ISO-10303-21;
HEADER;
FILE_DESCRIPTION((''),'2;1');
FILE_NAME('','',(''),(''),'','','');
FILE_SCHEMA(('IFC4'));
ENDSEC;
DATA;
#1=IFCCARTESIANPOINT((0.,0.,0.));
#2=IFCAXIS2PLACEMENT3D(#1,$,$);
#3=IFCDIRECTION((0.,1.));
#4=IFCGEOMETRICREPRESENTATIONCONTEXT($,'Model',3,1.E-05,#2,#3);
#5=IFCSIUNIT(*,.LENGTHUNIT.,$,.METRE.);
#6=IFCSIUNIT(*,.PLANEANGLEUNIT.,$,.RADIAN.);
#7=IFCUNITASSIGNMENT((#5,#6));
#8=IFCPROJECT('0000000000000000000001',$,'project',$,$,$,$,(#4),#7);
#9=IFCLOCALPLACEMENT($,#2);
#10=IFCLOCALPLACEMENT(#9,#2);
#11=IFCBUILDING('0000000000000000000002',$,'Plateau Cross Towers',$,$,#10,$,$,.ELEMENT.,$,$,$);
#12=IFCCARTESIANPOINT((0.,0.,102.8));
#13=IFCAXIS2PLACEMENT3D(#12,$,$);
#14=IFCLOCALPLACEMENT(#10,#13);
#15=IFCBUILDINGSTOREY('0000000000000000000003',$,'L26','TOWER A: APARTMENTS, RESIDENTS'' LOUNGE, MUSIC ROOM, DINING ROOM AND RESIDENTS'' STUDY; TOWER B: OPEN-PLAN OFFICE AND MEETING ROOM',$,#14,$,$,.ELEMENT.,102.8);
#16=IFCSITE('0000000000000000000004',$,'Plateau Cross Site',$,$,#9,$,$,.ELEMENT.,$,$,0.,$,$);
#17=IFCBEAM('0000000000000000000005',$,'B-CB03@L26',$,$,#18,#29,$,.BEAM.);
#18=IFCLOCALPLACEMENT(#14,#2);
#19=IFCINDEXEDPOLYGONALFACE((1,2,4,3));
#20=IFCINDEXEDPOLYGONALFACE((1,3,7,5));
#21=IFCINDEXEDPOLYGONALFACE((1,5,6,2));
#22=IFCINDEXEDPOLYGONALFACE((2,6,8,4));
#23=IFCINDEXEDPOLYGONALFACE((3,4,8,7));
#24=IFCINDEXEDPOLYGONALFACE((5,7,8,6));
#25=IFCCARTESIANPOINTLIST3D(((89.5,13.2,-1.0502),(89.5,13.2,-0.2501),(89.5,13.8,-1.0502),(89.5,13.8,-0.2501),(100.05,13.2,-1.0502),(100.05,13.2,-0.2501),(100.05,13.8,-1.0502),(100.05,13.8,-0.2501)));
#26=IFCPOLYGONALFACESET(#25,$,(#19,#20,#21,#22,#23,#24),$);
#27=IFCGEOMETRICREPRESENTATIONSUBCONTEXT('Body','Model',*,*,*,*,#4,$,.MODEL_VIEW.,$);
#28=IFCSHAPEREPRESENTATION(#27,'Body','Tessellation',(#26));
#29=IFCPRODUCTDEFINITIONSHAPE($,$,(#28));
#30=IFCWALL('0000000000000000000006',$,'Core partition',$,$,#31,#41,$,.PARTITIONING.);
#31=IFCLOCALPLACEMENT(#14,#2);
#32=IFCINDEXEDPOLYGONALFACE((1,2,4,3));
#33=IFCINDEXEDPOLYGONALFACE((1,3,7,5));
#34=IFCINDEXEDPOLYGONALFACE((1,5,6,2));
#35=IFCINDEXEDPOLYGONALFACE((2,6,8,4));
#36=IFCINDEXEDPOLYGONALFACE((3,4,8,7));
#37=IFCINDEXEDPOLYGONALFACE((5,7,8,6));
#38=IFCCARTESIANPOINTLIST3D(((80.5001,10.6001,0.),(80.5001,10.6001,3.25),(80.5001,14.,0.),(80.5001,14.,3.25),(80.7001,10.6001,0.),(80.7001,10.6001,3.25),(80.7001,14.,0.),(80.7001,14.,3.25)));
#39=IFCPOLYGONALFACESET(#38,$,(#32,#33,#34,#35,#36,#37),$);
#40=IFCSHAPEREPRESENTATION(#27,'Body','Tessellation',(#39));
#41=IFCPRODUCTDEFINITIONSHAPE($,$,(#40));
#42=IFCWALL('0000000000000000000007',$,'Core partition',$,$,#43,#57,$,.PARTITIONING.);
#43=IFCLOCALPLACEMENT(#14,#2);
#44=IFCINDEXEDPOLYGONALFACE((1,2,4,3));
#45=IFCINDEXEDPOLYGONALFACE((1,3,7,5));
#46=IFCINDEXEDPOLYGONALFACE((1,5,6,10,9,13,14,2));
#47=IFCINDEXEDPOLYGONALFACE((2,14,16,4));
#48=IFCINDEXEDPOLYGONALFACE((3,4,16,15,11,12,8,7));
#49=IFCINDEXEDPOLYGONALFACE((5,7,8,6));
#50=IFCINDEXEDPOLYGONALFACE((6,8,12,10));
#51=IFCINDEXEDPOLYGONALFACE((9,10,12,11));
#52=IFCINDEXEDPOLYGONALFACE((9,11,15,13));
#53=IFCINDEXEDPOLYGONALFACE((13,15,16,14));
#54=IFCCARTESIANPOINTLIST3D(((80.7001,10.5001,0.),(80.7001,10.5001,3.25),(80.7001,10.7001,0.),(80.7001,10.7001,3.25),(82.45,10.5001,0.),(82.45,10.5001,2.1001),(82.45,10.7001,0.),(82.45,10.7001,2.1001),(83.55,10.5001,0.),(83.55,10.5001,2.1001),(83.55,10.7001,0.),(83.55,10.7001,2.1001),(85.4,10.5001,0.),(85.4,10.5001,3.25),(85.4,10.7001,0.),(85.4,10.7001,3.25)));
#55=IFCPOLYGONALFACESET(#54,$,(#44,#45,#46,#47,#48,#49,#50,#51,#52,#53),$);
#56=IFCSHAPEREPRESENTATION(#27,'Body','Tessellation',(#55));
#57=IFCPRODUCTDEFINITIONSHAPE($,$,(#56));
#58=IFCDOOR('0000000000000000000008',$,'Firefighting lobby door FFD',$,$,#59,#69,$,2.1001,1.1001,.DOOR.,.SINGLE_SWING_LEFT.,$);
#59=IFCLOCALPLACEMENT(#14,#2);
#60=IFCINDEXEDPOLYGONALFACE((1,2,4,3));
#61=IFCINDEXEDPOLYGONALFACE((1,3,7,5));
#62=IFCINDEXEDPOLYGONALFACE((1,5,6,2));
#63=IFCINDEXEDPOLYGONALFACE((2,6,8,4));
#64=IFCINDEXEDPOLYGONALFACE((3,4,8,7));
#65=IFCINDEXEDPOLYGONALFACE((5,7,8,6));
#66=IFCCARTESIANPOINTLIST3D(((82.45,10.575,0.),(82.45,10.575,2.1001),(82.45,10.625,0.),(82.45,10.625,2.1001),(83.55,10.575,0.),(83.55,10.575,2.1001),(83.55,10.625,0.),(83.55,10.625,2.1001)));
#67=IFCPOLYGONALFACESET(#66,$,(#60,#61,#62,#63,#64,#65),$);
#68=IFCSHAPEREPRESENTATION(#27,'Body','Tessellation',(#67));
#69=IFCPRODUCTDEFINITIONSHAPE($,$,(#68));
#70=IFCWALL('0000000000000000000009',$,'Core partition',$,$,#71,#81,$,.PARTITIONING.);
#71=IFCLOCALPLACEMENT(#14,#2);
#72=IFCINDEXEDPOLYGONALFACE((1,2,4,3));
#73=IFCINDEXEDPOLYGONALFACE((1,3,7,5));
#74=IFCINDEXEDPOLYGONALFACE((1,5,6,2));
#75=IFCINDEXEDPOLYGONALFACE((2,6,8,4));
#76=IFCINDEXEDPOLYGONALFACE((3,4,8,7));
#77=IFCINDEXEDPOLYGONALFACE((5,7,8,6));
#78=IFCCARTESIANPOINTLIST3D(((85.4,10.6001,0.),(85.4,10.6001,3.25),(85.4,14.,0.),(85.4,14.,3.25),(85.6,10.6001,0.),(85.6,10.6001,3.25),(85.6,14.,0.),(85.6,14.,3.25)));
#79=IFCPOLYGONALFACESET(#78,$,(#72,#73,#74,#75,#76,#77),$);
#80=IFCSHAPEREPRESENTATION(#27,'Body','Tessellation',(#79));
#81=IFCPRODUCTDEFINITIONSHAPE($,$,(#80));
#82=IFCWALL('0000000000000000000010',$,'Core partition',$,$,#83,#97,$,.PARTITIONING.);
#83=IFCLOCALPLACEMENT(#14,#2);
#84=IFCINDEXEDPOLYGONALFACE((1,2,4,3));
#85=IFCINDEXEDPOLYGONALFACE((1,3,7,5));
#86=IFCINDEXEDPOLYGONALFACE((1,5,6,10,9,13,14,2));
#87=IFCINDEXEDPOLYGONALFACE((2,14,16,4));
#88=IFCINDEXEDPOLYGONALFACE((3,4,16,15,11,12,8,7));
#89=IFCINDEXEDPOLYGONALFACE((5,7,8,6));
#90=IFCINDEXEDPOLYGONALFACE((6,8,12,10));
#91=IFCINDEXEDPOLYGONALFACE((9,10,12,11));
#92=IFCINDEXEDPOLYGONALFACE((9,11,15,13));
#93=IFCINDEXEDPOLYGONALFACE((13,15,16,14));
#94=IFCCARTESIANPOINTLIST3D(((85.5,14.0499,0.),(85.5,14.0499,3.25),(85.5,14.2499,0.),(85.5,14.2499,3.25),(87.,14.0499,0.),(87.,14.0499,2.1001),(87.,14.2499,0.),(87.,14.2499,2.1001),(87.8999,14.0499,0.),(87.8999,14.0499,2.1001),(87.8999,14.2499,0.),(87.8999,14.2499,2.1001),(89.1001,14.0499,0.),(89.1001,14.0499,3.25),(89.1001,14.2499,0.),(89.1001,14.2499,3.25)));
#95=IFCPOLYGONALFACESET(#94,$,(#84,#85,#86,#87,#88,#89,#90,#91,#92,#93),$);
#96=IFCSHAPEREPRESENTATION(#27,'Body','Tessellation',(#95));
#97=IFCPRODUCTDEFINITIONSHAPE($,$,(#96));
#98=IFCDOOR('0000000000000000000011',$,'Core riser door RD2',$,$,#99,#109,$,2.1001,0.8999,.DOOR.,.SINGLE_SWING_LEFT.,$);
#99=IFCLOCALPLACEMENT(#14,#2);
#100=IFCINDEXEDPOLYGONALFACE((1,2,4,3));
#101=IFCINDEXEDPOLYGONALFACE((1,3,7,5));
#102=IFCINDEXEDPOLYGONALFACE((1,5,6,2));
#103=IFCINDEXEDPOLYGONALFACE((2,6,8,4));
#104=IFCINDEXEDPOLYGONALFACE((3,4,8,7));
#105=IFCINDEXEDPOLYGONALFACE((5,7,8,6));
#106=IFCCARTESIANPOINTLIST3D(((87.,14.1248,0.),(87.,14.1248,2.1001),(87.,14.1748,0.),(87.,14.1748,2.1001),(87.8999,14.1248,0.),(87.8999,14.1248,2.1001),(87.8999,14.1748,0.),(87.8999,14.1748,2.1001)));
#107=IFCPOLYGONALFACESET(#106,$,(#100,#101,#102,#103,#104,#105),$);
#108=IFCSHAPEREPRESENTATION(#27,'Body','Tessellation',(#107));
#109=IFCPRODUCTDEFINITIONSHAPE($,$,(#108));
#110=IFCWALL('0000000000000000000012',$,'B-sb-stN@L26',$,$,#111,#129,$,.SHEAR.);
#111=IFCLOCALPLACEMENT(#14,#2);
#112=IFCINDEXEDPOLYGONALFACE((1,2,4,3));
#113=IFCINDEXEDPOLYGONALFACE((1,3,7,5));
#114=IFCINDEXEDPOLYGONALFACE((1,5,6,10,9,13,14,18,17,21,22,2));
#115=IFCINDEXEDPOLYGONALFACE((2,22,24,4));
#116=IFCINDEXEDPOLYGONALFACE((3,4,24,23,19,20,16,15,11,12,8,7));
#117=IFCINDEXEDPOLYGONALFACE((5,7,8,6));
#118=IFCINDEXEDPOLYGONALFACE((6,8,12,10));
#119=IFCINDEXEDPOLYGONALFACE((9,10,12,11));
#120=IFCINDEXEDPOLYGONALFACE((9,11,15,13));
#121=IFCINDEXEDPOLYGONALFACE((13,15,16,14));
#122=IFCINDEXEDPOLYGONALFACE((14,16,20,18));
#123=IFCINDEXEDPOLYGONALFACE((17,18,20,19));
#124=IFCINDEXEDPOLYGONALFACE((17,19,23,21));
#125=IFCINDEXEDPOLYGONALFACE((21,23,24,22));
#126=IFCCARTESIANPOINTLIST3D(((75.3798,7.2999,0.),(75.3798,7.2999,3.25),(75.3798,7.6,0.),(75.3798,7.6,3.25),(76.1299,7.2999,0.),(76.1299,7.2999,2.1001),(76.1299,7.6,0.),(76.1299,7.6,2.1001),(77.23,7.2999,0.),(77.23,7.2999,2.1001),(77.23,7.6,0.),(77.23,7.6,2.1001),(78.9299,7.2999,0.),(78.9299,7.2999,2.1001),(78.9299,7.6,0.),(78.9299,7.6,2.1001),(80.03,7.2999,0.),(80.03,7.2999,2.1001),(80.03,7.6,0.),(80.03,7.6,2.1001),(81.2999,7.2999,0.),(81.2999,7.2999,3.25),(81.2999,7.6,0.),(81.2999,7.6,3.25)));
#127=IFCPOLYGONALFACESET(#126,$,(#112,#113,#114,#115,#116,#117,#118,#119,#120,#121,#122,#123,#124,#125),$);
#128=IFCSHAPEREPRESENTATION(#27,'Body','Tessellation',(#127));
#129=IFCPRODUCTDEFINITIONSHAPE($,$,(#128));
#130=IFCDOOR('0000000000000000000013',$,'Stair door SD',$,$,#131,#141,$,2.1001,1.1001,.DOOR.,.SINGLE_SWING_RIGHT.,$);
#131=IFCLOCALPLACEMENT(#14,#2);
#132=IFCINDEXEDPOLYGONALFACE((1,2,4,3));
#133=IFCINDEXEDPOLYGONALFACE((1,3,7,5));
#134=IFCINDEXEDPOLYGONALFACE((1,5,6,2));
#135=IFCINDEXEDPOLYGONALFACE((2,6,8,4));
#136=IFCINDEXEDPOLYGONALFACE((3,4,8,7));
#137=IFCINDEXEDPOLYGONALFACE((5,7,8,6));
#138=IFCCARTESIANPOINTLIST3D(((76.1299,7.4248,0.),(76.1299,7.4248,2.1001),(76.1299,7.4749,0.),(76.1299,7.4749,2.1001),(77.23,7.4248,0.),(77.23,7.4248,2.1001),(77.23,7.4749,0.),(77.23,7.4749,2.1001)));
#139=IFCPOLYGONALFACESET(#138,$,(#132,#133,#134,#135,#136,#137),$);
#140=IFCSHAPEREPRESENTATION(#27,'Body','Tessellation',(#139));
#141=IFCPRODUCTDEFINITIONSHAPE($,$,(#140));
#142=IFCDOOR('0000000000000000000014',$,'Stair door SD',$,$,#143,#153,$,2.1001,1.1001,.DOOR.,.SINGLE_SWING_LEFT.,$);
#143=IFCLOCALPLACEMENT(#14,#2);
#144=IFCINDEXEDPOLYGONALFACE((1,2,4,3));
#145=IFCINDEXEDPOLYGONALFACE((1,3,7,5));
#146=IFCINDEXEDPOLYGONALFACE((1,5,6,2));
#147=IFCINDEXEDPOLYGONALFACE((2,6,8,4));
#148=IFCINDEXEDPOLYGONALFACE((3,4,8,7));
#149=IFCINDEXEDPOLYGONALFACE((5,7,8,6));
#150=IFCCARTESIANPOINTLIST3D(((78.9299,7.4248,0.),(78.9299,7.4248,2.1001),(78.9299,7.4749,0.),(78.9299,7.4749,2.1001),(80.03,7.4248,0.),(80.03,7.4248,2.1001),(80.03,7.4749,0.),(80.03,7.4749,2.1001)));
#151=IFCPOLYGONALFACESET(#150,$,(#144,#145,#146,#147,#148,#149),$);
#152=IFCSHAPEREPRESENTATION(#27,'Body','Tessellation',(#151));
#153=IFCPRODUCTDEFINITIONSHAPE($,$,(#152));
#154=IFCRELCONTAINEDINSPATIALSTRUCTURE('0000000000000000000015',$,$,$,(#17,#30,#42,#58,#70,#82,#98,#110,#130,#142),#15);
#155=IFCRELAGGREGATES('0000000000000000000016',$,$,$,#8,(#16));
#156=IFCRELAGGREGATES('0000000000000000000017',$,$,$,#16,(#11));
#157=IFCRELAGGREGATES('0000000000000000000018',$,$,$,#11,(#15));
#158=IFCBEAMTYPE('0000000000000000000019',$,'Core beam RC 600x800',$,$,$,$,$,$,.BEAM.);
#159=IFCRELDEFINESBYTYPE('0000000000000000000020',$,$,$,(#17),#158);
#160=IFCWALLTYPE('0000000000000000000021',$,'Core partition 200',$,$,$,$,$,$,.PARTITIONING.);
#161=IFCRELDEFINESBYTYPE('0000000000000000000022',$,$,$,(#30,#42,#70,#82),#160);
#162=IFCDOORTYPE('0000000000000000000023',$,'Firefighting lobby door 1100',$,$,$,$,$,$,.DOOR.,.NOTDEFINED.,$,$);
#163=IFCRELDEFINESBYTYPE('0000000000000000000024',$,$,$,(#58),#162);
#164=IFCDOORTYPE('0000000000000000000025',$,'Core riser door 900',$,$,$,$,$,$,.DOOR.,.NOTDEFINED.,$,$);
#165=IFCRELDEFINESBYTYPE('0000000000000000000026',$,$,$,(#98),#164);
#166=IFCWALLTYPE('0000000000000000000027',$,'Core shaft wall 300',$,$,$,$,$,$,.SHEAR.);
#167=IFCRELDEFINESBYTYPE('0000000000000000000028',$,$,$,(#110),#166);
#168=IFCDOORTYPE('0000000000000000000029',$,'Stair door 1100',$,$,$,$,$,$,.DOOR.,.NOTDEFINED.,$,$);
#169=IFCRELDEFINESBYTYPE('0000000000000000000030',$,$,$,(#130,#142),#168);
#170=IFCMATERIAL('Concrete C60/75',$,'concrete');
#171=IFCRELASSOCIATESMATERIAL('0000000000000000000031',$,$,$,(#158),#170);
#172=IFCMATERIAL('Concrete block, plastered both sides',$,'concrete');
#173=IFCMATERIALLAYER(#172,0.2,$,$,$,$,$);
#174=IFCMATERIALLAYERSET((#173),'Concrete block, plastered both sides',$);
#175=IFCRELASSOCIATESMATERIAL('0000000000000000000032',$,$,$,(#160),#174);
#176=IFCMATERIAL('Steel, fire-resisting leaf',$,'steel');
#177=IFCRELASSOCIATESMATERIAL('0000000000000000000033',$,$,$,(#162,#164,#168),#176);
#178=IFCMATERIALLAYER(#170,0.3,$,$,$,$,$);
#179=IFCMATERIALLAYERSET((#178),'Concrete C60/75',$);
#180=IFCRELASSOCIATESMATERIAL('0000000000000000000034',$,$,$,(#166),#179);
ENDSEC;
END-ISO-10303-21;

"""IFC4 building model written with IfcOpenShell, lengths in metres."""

from ifc_helpers import new_model, si_unit, direction, frame, frame_2d, origin, origin_2d, place, context, subcontext, project, spatial, rectangle, extrude, material, layer, layer_set, material_profile, profile_set, type_object, element, fill, save


model = new_model("IFC4")

# Units and contexts
model_context = context("Model", 3, precision=1e-05, world=origin(), true_north=direction((0.0, 1.0)))
body_context = subcontext(model_context, "Body", "Model", "MODEL_VIEW")
ifc_project = project(units=[si_unit("LENGTHUNIT", "METRE"), si_unit("PLANEANGLEUNIT", "RADIAN")], contexts=[model_context])

# Site, building, storey
site_placement = place(None, origin())
site = spatial("IfcSite", under=ifc_project, at=site_placement, Name="Plateau Cross Site", CompositionType="ELEMENT", RefElevation=0.0)
building_placement = place(site_placement, origin())
building = spatial("IfcBuilding", under=site, at=building_placement, Name="Plateau Cross Towers", CompositionType="ELEMENT")
storey_placement = place(building_placement, frame((0.0, 0.0, 102.8)))
storey = spatial("IfcBuildingStorey", under=building, at=storey_placement, Name="L26", Description="TOWER A: APARTMENTS, RESIDENTS' LOUNGE, MUSIC ROOM, DINING ROOM AND RESIDENTS' STUDY; TOWER B: OPEN-PLAN OFFICE AND MEETING ROOM", CompositionType="ELEMENT", Elevation=102.8)

# Beam
ifc_material_1 = material(Name="Concrete C60/75", Category="concrete")
ifc_material_profile = material_profile(ifc_material_1, rectangle(XDim=0.6001, YDim=0.8, at=origin_2d()), Name="RC 600x800")
ifc_profile_set = profile_set([ifc_material_profile], Name="Concrete C60/75")
beam_type = type_object("IfcBeamType", Name="Core beam RC 600x800", PredefinedType="BEAM", material=ifc_profile_set)
beam_placement = place(storey_placement, frame((89.5, 13.5, -0.6501), z_axis=(1.0, 0.0, 0.0), x_axis=(0.0, 1.0, 0.0)))
element("IfcBeam", 1, at=beam_placement, inside=storey, type_object=beam_type, Name="B-CB03@L26", PredefinedType="BEAM", context=body_context, shape_type="SweptSolid", body=[
    extrude(rectangle(XDim=0.6001, YDim=0.8, at=origin_2d()), origin(), (0.0, 0.0, 1.0), 10.55),
])

# Wall
ifc_material_2 = material(Name="Concrete block, plastered both sides", Category="concrete")
ifc_layer_1 = layer(ifc_material_2, 0.2)
ifc_layer_set_1 = layer_set([ifc_layer_1], Name="Concrete block, plastered both sides")
wall_type_1 = type_object("IfcWallType", Name="Core partition 200", PredefinedType="PARTITIONING", material=ifc_layer_set_1)
wall_1_placement = place(storey_placement, frame((80.6001, 10.6001, 0.0), z_axis=(0.0, 0.0, 1.0), x_axis=(0.0, 1.0, 0.0)))
element("IfcWall", 2, at=wall_1_placement, inside=storey, type_object=wall_type_1, Name="Core partition", PredefinedType="PARTITIONING", context=body_context, shape_type="SweptSolid", body=[
    extrude(rectangle(XDim=3.3999, YDim=0.2, at=frame_2d((1.7, 0.0))), origin(), (0.0, 0.0, 1.0), 3.25),
])

# Wall, opening, door
wall_2_placement = place(storey_placement, frame((80.7, 10.6001, 0.0), z_axis=(0.0, 0.0, 1.0), x_axis=(1.0, 0.0, 0.0)))
wall_2 = element("IfcWall", 3, at=wall_2_placement, inside=storey, type_object=wall_type_1, Name="Core partition", PredefinedType="PARTITIONING", context=body_context, shape_type="SweptSolid", body=[
    extrude(rectangle(XDim=4.7, YDim=0.2, at=frame_2d((2.3501, 0.0))), origin(), (0.0, 0.0, 1.0), 3.25),
])
opening_1_placement = place(wall_2_placement, frame((1.75, 0.0, 0.0)))
opening_1 = element("IfcOpeningElement", 4, at=opening_1_placement, cuts=wall_2, PredefinedType="OPENING", context=body_context, shape_type="SweptSolid", body=[
    extrude(rectangle(XDim=1.1001, YDim=2.1001, at=frame_2d((0.55, 1.05))), frame((0.0, 0.1099, 0.0), z_axis=(0.0, -1.0, 0.0), x_axis=(1.0, 0.0, 0.0)), (0.0, 0.0, 1.0), 0.22),
])
ifc_material_3 = material(Name="Steel, fire-resisting leaf", Category="steel")
door_type_1 = type_object("IfcDoorType", Name="Firefighting lobby door 1100", OperationType="NOTDEFINED", PredefinedType="DOOR", material=ifc_material_3)
door_1_placement = place(opening_1_placement, origin())
door_1 = element("IfcDoor", 5, at=door_1_placement, inside=storey, type_object=door_type_1, Name="Firefighting lobby door FFD", OperationType="SINGLE_SWING_LEFT", OverallHeight=2.1001, OverallWidth=1.1001, PredefinedType="DOOR", context=body_context, shape_type="SweptSolid", body=[
    extrude(rectangle(XDim=1.1001, YDim=2.1001, at=frame_2d((0.55, 1.05))), frame((0.0, 0.0249, 0.0), z_axis=(0.0, -1.0, 0.0), x_axis=(1.0, 0.0, 0.0)), (0.0, 0.0, 1.0), 0.05),
])
fill(opening_1, door_1)

# Wall
wall_3_placement = place(storey_placement, frame((85.5, 10.6001, 0.0), z_axis=(0.0, 0.0, 1.0), x_axis=(0.0, 1.0, 0.0)))
element("IfcWall", 6, at=wall_3_placement, inside=storey, type_object=wall_type_1, Name="Core partition", PredefinedType="PARTITIONING", context=body_context, shape_type="SweptSolid", body=[
    extrude(rectangle(XDim=3.3999, YDim=0.2, at=frame_2d((1.7, 0.0))), origin(), (0.0, 0.0, 1.0), 3.25),
])

# Wall, opening, door
wall_4_placement = place(storey_placement, frame((85.5, 14.1499, 0.0), z_axis=(0.0, 0.0, 1.0), x_axis=(1.0, 0.0, 0.0)))
wall_4 = element("IfcWall", 7, at=wall_4_placement, inside=storey, type_object=wall_type_1, Name="Core partition", PredefinedType="PARTITIONING", context=body_context, shape_type="SweptSolid", body=[
    extrude(rectangle(XDim=3.6001, YDim=0.2, at=frame_2d((1.8, 0.0))), origin(), (0.0, 0.0, 1.0), 3.25),
])
opening_2_placement = place(wall_4_placement, frame((1.5, 0.0, 0.0)))
opening_2 = element("IfcOpeningElement", 8, at=opening_2_placement, cuts=wall_4, PredefinedType="OPENING", context=body_context, shape_type="SweptSolid", body=[
    extrude(rectangle(XDim=0.8999, YDim=2.1001, at=frame_2d((0.45, 1.05))), frame((0.0, 0.1099, 0.0), z_axis=(0.0, -1.0, 0.0), x_axis=(1.0, 0.0, 0.0)), (0.0, 0.0, 1.0), 0.22),
])
door_type_2 = type_object("IfcDoorType", Name="Core riser door 900", OperationType="NOTDEFINED", PredefinedType="DOOR", material=ifc_material_3)
door_2_placement = place(opening_2_placement, origin())
door_2 = element("IfcDoor", 9, at=door_2_placement, inside=storey, type_object=door_type_2, Name="Core riser door RD2", OperationType="SINGLE_SWING_LEFT", OverallHeight=2.1001, OverallWidth=0.8999, PredefinedType="DOOR", context=body_context, shape_type="SweptSolid", body=[
    extrude(rectangle(XDim=0.8999, YDim=2.1001, at=frame_2d((0.45, 1.05))), frame((0.0, 0.0249, 0.0), z_axis=(0.0, -1.0, 0.0), x_axis=(1.0, 0.0, 0.0)), (0.0, 0.0, 1.0), 0.05),
])
fill(opening_2, door_2)

# Wall, openings, doors
ifc_layer_2 = layer(ifc_material_1, 0.3)
ifc_layer_set_2 = layer_set([ifc_layer_2], Name="Concrete C60/75")
wall_type_2 = type_object("IfcWallType", Name="Core shaft wall 300", PredefinedType="SHEAR", material=ifc_layer_set_2)
wall_5_placement = place(storey_placement, frame((75.3799, 7.45, 0.0), z_axis=(0.0, 0.0, 1.0), x_axis=(1.0, 0.0, 0.0)))
wall_5 = element("IfcWall", 10, at=wall_5_placement, inside=storey, type_object=wall_type_2, Name="B-sb-stN@L26", PredefinedType="SHEAR", context=body_context, shape_type="SweptSolid", body=[
    extrude(rectangle(XDim=5.9202, YDim=0.3, at=frame_2d((2.96, 0.0))), origin(), (0.0, 0.0, 1.0), 3.25),
])
opening_3_placement = place(wall_5_placement, frame((0.75, 0.0, 0.0)))
opening_3 = element("IfcOpeningElement", 11, at=opening_3_placement, cuts=wall_5, PredefinedType="OPENING", context=body_context, shape_type="SweptSolid", body=[
    extrude(rectangle(XDim=1.1001, YDim=2.1001, at=frame_2d((0.55, 1.05))), frame((0.0, 0.1599, 0.0), z_axis=(0.0, -1.0, 0.0), x_axis=(1.0, 0.0, 0.0)), (0.0, 0.0, 1.0), 0.3201),
])
opening_4_placement = place(wall_5_placement, frame((3.55, 0.0, 0.0)))
opening_4 = element("IfcOpeningElement", 12, at=opening_4_placement, cuts=wall_5, PredefinedType="OPENING", context=body_context, shape_type="SweptSolid", body=[
    extrude(rectangle(XDim=1.1001, YDim=2.1001, at=frame_2d((0.55, 1.05))), frame((0.0, 0.1599, 0.0), z_axis=(0.0, -1.0, 0.0), x_axis=(1.0, 0.0, 0.0)), (0.0, 0.0, 1.0), 0.3201),
])
door_type_3 = type_object("IfcDoorType", Name="Stair door 1100", OperationType="NOTDEFINED", PredefinedType="DOOR", material=ifc_material_3)
door_3_placement = place(opening_3_placement, origin())
door_3 = element("IfcDoor", 13, at=door_3_placement, inside=storey, type_object=door_type_3, Name="Stair door SD", OperationType="SINGLE_SWING_RIGHT", OverallHeight=2.1001, OverallWidth=1.1001, PredefinedType="DOOR", context=body_context, shape_type="SweptSolid", body=[
    extrude(rectangle(XDim=1.1001, YDim=2.1001, at=frame_2d((0.55, 1.05))), frame((0.0, 0.0249, 0.0), z_axis=(0.0, -1.0, 0.0), x_axis=(1.0, 0.0, 0.0)), (0.0, 0.0, 1.0), 0.05),
])
fill(opening_3, door_3)
door_4_placement = place(opening_4_placement, origin())
door_4 = element("IfcDoor", 14, at=door_4_placement, inside=storey, type_object=door_type_3, Name="Stair door SD", OperationType="SINGLE_SWING_LEFT", OverallHeight=2.1001, OverallWidth=1.1001, PredefinedType="DOOR", context=body_context, shape_type="SweptSolid", body=[
    extrude(rectangle(XDim=1.1001, YDim=2.1001, at=frame_2d((0.55, 1.05))), frame((0.0, 0.0249, 0.0), z_axis=(0.0, -1.0, 0.0), x_axis=(1.0, 0.0, 0.0)), (0.0, 0.0, 1.0), 0.05),
])
fill(opening_4, door_4)

save(model, "model.ifc")
